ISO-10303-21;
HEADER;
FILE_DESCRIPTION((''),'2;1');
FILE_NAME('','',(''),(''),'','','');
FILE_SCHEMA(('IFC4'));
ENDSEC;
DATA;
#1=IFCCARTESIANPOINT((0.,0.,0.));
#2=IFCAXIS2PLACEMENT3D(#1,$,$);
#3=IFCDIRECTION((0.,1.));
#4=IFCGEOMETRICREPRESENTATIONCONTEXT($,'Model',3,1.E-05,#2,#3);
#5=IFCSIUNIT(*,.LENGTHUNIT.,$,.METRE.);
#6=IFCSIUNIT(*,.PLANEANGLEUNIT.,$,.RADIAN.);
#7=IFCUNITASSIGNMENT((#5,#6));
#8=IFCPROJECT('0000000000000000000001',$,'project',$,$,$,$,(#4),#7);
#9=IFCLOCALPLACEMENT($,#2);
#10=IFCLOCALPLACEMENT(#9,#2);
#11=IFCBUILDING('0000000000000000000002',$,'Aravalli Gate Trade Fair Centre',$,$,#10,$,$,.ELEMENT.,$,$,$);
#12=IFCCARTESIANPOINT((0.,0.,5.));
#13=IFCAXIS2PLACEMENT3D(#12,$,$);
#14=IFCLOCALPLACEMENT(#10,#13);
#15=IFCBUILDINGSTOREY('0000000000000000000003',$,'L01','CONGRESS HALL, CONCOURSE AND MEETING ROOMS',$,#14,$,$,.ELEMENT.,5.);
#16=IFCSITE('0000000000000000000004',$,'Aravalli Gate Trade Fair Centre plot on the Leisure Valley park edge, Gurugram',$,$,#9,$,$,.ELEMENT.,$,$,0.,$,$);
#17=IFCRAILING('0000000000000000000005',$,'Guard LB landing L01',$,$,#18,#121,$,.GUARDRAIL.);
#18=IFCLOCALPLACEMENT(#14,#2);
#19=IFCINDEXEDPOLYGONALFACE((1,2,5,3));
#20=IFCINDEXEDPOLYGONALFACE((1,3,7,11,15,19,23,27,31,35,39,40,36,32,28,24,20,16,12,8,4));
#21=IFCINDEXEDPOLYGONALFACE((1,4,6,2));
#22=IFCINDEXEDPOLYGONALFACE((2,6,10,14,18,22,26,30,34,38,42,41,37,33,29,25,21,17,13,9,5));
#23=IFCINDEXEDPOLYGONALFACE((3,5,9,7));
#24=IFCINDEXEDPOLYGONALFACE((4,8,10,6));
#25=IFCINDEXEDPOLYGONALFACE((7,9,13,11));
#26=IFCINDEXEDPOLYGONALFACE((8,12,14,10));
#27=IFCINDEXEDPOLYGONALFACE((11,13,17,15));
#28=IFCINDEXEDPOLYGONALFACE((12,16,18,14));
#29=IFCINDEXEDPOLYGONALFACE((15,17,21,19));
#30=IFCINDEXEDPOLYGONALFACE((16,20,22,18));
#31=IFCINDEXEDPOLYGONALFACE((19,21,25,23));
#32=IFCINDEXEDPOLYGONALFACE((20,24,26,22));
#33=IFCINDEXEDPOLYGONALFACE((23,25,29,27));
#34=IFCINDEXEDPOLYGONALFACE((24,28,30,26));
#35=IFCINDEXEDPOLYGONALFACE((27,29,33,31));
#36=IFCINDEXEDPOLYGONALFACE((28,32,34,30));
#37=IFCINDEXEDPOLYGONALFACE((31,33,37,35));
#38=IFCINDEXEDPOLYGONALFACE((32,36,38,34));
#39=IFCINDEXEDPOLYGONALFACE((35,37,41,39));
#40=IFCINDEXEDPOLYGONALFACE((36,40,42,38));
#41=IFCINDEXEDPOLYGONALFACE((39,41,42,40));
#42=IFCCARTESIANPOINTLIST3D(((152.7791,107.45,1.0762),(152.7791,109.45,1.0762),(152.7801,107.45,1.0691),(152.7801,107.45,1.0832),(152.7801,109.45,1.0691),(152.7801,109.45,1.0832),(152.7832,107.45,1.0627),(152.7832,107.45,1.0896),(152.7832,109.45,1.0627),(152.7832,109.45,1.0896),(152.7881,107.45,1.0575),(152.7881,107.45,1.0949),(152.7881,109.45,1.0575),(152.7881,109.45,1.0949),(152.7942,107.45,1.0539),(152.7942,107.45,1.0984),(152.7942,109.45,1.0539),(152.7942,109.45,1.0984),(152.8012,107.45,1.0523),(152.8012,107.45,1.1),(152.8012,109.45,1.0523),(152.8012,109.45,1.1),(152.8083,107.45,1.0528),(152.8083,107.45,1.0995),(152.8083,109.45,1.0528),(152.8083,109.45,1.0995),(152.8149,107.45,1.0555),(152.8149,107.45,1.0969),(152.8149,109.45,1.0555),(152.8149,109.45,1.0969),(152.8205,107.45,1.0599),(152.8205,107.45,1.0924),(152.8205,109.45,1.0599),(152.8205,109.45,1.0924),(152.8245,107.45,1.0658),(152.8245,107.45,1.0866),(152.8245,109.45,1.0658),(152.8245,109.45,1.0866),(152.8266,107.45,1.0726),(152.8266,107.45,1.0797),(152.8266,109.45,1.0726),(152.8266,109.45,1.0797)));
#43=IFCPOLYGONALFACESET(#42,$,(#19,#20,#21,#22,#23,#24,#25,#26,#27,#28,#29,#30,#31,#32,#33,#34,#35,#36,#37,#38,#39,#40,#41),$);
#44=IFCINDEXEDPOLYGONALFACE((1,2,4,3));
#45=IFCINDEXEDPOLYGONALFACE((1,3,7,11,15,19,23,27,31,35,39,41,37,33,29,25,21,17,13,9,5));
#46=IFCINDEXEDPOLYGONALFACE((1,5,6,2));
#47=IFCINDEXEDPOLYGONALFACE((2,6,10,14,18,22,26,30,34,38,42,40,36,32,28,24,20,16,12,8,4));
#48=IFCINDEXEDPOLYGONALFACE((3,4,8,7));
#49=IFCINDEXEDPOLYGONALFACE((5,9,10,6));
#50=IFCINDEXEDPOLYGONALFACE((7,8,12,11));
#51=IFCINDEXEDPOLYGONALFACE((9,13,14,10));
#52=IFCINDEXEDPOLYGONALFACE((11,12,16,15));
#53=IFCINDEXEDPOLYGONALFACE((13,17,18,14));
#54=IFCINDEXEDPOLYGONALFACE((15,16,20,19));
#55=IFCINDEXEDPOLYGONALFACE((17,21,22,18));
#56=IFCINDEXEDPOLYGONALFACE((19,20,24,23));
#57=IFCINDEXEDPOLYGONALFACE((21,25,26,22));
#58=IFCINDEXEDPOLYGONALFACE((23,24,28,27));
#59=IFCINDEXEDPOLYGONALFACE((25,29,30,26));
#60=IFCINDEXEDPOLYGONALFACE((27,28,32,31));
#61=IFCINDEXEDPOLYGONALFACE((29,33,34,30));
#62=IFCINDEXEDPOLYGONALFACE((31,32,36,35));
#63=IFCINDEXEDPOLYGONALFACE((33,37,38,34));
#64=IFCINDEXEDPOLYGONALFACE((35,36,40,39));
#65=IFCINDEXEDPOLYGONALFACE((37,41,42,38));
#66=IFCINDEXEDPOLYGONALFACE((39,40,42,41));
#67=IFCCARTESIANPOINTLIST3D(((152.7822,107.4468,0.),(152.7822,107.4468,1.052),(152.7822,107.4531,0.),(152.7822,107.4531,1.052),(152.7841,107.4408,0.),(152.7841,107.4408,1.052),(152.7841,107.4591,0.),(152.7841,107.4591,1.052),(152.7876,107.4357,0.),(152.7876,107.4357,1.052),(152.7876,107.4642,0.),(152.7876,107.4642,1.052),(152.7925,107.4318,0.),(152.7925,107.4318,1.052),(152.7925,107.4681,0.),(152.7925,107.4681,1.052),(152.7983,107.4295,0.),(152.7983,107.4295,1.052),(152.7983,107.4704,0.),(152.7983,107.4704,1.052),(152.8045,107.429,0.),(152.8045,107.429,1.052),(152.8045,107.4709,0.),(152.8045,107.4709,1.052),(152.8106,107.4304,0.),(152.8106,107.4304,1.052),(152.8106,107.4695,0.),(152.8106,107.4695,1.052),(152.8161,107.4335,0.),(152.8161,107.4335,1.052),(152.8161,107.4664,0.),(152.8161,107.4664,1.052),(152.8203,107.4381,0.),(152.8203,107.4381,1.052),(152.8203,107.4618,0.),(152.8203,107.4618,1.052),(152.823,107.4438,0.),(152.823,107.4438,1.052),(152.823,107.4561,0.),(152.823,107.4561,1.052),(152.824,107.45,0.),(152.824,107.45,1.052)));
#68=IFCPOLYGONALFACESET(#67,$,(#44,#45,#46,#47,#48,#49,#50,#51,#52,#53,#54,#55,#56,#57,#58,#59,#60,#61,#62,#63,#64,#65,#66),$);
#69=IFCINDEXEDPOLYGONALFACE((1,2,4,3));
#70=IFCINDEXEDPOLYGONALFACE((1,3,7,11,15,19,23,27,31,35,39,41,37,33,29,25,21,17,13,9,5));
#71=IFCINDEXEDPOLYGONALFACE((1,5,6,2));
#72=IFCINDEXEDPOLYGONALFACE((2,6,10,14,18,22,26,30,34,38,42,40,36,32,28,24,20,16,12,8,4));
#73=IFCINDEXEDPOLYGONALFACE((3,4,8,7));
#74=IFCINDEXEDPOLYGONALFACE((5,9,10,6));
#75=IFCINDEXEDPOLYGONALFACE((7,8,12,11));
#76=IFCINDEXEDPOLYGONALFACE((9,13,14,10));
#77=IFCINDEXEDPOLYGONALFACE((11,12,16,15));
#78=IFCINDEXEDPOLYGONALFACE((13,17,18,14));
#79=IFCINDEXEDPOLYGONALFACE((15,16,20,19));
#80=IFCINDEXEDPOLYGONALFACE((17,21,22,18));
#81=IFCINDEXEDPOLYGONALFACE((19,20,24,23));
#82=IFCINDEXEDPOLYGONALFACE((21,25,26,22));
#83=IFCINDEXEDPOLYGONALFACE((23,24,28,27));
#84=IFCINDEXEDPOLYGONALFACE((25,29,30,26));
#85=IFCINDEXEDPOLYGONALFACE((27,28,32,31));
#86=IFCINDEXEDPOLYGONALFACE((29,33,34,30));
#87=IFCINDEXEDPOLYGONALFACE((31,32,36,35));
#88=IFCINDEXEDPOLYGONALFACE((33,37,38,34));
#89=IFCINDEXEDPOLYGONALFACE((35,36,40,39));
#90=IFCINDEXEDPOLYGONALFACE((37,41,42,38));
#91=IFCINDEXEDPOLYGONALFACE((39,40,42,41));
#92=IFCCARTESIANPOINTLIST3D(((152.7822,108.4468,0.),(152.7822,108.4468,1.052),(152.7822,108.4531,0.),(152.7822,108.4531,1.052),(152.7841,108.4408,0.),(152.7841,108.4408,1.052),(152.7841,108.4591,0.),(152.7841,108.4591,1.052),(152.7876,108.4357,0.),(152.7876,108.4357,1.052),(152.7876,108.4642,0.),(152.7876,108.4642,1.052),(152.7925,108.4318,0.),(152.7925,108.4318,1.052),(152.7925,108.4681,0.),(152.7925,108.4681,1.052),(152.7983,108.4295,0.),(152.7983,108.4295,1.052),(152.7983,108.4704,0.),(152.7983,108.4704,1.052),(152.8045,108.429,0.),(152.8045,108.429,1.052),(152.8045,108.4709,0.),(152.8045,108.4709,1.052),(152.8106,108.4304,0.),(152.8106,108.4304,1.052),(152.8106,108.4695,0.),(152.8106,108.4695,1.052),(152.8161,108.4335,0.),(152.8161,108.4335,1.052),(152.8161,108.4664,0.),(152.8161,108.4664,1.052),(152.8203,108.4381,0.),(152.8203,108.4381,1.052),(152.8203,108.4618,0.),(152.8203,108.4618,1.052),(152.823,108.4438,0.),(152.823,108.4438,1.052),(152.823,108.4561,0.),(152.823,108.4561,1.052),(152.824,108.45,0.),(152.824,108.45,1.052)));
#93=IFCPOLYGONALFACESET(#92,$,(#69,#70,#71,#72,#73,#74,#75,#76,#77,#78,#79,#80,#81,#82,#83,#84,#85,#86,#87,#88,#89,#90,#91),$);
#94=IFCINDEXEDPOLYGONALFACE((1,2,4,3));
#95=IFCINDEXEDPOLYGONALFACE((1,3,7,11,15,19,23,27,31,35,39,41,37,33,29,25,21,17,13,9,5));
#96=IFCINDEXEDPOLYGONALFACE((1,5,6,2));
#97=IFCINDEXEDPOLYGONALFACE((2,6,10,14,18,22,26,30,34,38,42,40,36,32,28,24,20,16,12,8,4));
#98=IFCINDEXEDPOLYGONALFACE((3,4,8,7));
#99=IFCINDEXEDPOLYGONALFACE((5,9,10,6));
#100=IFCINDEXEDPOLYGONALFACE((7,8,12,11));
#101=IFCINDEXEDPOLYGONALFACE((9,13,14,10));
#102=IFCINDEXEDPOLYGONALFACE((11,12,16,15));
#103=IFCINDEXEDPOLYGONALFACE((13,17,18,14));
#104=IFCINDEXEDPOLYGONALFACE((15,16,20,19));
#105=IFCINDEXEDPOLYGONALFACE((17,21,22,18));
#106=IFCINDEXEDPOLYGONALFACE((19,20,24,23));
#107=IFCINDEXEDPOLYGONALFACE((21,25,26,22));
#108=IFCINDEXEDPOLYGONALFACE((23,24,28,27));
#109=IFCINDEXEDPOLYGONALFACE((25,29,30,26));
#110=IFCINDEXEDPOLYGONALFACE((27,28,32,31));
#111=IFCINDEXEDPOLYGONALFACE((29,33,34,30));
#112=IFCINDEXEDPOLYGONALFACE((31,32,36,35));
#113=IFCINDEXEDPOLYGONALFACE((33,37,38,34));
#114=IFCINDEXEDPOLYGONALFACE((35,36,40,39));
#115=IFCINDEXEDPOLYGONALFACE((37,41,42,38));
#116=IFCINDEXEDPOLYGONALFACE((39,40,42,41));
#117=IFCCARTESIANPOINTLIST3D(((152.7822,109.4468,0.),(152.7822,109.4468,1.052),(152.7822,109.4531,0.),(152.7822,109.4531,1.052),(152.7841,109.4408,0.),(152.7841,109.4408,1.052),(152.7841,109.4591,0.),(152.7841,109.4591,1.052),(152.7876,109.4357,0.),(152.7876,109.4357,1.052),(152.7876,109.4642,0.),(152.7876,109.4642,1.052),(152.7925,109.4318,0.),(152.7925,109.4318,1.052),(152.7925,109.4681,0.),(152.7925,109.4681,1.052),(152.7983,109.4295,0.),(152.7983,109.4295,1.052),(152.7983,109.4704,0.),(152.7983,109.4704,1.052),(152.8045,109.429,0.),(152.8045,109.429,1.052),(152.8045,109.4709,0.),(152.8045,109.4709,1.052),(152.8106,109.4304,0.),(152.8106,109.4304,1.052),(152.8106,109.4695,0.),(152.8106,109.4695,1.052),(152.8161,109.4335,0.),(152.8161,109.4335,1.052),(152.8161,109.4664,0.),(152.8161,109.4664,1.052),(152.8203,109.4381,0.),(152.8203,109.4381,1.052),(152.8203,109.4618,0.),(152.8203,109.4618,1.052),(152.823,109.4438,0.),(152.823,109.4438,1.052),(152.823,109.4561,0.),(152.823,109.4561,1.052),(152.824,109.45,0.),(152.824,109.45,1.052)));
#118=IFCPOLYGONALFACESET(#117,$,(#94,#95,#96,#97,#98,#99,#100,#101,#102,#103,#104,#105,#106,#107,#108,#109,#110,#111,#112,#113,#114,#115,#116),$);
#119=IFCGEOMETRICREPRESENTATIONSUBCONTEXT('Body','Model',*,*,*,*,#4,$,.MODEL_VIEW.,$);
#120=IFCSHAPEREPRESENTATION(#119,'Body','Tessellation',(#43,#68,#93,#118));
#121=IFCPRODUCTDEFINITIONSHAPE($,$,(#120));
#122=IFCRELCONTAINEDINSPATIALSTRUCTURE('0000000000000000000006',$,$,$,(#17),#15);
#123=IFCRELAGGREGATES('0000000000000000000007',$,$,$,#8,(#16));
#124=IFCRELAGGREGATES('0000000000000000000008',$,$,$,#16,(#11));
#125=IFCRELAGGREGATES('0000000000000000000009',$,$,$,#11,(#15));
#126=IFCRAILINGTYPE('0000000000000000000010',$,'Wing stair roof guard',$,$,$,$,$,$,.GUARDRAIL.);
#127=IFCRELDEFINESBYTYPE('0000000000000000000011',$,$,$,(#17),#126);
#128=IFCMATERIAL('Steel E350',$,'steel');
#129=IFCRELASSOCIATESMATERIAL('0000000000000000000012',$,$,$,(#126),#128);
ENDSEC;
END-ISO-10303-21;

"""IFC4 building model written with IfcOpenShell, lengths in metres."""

from ifc_helpers import new_model, si_unit, direction, frame, origin, origin_2d, place, context, subcontext, project, spatial, circle, extrude, material, type_object, element, save


model = new_model("IFC4")

# Units and contexts
model_context = context("Model", 3, precision=1e-05, world=origin(), true_north=direction((0.0, 1.0)))
body_context = subcontext(model_context, "Body", "Model", "MODEL_VIEW")
ifc_project = project(units=[si_unit("LENGTHUNIT", "METRE"), si_unit("PLANEANGLEUNIT", "RADIAN")], contexts=[model_context])

# Site, building, storey
site_placement = place(None, origin())
site = spatial("IfcSite", under=ifc_project, at=site_placement, Name="Aravalli Gate Trade Fair Centre plot on the Leisure Valley park edge, Gurugram", CompositionType="ELEMENT", RefElevation=0.0)
building_placement = place(site_placement, origin())
building = spatial("IfcBuilding", under=site, at=building_placement, Name="Aravalli Gate Trade Fair Centre", CompositionType="ELEMENT")
storey_placement = place(building_placement, frame((0.0, 0.0, 5.0)))
storey = spatial("IfcBuildingStorey", under=building, at=storey_placement, Name="L01", Description="CONGRESS HALL, CONCOURSE AND MEETING ROOMS", CompositionType="ELEMENT", Elevation=5.0)

# Shared definitions
ifc_material_1 = material(Name="Steel E350", Category="steel")

# Railing
railing_type_1 = type_object("IfcRailingType", Name="Wing stair roof guard", PredefinedType="GUARDRAIL", material=ifc_material_1)
railing_1_placement = place(storey_placement, frame((152.803, 107.45, 0.0)))
element("IfcRailing", 1, at=railing_1_placement, inside=storey, type_object=railing_type_1, Name="Guard LB landing L01", PredefinedType="GUARDRAIL", context=body_context, shape_type="SweptSolid", body=[
    extrude(circle(Radius=0.0239, at=origin_2d()), frame((0.0, 0.0, 1.0762), z_axis=(0.0, 1.0, 0.0), x_axis=(-1.0, 0.0, 0.0)), (0.0, 0.0, 1.0), 2.0),
    extrude(circle(Radius=0.021, at=origin_2d()), origin(), (0.0, 0.0, 1.0), 1.052),
    extrude(circle(Radius=0.021, at=origin_2d()), frame((0.0, 1.0, 0.0)), (0.0, 0.0, 1.0), 1.052),
    extrude(circle(Radius=0.021, at=origin_2d()), frame((0.0, 2.0, 0.0)), (0.0, 0.0, 1.0), 1.052),
])

save(model, "model.ifc")
